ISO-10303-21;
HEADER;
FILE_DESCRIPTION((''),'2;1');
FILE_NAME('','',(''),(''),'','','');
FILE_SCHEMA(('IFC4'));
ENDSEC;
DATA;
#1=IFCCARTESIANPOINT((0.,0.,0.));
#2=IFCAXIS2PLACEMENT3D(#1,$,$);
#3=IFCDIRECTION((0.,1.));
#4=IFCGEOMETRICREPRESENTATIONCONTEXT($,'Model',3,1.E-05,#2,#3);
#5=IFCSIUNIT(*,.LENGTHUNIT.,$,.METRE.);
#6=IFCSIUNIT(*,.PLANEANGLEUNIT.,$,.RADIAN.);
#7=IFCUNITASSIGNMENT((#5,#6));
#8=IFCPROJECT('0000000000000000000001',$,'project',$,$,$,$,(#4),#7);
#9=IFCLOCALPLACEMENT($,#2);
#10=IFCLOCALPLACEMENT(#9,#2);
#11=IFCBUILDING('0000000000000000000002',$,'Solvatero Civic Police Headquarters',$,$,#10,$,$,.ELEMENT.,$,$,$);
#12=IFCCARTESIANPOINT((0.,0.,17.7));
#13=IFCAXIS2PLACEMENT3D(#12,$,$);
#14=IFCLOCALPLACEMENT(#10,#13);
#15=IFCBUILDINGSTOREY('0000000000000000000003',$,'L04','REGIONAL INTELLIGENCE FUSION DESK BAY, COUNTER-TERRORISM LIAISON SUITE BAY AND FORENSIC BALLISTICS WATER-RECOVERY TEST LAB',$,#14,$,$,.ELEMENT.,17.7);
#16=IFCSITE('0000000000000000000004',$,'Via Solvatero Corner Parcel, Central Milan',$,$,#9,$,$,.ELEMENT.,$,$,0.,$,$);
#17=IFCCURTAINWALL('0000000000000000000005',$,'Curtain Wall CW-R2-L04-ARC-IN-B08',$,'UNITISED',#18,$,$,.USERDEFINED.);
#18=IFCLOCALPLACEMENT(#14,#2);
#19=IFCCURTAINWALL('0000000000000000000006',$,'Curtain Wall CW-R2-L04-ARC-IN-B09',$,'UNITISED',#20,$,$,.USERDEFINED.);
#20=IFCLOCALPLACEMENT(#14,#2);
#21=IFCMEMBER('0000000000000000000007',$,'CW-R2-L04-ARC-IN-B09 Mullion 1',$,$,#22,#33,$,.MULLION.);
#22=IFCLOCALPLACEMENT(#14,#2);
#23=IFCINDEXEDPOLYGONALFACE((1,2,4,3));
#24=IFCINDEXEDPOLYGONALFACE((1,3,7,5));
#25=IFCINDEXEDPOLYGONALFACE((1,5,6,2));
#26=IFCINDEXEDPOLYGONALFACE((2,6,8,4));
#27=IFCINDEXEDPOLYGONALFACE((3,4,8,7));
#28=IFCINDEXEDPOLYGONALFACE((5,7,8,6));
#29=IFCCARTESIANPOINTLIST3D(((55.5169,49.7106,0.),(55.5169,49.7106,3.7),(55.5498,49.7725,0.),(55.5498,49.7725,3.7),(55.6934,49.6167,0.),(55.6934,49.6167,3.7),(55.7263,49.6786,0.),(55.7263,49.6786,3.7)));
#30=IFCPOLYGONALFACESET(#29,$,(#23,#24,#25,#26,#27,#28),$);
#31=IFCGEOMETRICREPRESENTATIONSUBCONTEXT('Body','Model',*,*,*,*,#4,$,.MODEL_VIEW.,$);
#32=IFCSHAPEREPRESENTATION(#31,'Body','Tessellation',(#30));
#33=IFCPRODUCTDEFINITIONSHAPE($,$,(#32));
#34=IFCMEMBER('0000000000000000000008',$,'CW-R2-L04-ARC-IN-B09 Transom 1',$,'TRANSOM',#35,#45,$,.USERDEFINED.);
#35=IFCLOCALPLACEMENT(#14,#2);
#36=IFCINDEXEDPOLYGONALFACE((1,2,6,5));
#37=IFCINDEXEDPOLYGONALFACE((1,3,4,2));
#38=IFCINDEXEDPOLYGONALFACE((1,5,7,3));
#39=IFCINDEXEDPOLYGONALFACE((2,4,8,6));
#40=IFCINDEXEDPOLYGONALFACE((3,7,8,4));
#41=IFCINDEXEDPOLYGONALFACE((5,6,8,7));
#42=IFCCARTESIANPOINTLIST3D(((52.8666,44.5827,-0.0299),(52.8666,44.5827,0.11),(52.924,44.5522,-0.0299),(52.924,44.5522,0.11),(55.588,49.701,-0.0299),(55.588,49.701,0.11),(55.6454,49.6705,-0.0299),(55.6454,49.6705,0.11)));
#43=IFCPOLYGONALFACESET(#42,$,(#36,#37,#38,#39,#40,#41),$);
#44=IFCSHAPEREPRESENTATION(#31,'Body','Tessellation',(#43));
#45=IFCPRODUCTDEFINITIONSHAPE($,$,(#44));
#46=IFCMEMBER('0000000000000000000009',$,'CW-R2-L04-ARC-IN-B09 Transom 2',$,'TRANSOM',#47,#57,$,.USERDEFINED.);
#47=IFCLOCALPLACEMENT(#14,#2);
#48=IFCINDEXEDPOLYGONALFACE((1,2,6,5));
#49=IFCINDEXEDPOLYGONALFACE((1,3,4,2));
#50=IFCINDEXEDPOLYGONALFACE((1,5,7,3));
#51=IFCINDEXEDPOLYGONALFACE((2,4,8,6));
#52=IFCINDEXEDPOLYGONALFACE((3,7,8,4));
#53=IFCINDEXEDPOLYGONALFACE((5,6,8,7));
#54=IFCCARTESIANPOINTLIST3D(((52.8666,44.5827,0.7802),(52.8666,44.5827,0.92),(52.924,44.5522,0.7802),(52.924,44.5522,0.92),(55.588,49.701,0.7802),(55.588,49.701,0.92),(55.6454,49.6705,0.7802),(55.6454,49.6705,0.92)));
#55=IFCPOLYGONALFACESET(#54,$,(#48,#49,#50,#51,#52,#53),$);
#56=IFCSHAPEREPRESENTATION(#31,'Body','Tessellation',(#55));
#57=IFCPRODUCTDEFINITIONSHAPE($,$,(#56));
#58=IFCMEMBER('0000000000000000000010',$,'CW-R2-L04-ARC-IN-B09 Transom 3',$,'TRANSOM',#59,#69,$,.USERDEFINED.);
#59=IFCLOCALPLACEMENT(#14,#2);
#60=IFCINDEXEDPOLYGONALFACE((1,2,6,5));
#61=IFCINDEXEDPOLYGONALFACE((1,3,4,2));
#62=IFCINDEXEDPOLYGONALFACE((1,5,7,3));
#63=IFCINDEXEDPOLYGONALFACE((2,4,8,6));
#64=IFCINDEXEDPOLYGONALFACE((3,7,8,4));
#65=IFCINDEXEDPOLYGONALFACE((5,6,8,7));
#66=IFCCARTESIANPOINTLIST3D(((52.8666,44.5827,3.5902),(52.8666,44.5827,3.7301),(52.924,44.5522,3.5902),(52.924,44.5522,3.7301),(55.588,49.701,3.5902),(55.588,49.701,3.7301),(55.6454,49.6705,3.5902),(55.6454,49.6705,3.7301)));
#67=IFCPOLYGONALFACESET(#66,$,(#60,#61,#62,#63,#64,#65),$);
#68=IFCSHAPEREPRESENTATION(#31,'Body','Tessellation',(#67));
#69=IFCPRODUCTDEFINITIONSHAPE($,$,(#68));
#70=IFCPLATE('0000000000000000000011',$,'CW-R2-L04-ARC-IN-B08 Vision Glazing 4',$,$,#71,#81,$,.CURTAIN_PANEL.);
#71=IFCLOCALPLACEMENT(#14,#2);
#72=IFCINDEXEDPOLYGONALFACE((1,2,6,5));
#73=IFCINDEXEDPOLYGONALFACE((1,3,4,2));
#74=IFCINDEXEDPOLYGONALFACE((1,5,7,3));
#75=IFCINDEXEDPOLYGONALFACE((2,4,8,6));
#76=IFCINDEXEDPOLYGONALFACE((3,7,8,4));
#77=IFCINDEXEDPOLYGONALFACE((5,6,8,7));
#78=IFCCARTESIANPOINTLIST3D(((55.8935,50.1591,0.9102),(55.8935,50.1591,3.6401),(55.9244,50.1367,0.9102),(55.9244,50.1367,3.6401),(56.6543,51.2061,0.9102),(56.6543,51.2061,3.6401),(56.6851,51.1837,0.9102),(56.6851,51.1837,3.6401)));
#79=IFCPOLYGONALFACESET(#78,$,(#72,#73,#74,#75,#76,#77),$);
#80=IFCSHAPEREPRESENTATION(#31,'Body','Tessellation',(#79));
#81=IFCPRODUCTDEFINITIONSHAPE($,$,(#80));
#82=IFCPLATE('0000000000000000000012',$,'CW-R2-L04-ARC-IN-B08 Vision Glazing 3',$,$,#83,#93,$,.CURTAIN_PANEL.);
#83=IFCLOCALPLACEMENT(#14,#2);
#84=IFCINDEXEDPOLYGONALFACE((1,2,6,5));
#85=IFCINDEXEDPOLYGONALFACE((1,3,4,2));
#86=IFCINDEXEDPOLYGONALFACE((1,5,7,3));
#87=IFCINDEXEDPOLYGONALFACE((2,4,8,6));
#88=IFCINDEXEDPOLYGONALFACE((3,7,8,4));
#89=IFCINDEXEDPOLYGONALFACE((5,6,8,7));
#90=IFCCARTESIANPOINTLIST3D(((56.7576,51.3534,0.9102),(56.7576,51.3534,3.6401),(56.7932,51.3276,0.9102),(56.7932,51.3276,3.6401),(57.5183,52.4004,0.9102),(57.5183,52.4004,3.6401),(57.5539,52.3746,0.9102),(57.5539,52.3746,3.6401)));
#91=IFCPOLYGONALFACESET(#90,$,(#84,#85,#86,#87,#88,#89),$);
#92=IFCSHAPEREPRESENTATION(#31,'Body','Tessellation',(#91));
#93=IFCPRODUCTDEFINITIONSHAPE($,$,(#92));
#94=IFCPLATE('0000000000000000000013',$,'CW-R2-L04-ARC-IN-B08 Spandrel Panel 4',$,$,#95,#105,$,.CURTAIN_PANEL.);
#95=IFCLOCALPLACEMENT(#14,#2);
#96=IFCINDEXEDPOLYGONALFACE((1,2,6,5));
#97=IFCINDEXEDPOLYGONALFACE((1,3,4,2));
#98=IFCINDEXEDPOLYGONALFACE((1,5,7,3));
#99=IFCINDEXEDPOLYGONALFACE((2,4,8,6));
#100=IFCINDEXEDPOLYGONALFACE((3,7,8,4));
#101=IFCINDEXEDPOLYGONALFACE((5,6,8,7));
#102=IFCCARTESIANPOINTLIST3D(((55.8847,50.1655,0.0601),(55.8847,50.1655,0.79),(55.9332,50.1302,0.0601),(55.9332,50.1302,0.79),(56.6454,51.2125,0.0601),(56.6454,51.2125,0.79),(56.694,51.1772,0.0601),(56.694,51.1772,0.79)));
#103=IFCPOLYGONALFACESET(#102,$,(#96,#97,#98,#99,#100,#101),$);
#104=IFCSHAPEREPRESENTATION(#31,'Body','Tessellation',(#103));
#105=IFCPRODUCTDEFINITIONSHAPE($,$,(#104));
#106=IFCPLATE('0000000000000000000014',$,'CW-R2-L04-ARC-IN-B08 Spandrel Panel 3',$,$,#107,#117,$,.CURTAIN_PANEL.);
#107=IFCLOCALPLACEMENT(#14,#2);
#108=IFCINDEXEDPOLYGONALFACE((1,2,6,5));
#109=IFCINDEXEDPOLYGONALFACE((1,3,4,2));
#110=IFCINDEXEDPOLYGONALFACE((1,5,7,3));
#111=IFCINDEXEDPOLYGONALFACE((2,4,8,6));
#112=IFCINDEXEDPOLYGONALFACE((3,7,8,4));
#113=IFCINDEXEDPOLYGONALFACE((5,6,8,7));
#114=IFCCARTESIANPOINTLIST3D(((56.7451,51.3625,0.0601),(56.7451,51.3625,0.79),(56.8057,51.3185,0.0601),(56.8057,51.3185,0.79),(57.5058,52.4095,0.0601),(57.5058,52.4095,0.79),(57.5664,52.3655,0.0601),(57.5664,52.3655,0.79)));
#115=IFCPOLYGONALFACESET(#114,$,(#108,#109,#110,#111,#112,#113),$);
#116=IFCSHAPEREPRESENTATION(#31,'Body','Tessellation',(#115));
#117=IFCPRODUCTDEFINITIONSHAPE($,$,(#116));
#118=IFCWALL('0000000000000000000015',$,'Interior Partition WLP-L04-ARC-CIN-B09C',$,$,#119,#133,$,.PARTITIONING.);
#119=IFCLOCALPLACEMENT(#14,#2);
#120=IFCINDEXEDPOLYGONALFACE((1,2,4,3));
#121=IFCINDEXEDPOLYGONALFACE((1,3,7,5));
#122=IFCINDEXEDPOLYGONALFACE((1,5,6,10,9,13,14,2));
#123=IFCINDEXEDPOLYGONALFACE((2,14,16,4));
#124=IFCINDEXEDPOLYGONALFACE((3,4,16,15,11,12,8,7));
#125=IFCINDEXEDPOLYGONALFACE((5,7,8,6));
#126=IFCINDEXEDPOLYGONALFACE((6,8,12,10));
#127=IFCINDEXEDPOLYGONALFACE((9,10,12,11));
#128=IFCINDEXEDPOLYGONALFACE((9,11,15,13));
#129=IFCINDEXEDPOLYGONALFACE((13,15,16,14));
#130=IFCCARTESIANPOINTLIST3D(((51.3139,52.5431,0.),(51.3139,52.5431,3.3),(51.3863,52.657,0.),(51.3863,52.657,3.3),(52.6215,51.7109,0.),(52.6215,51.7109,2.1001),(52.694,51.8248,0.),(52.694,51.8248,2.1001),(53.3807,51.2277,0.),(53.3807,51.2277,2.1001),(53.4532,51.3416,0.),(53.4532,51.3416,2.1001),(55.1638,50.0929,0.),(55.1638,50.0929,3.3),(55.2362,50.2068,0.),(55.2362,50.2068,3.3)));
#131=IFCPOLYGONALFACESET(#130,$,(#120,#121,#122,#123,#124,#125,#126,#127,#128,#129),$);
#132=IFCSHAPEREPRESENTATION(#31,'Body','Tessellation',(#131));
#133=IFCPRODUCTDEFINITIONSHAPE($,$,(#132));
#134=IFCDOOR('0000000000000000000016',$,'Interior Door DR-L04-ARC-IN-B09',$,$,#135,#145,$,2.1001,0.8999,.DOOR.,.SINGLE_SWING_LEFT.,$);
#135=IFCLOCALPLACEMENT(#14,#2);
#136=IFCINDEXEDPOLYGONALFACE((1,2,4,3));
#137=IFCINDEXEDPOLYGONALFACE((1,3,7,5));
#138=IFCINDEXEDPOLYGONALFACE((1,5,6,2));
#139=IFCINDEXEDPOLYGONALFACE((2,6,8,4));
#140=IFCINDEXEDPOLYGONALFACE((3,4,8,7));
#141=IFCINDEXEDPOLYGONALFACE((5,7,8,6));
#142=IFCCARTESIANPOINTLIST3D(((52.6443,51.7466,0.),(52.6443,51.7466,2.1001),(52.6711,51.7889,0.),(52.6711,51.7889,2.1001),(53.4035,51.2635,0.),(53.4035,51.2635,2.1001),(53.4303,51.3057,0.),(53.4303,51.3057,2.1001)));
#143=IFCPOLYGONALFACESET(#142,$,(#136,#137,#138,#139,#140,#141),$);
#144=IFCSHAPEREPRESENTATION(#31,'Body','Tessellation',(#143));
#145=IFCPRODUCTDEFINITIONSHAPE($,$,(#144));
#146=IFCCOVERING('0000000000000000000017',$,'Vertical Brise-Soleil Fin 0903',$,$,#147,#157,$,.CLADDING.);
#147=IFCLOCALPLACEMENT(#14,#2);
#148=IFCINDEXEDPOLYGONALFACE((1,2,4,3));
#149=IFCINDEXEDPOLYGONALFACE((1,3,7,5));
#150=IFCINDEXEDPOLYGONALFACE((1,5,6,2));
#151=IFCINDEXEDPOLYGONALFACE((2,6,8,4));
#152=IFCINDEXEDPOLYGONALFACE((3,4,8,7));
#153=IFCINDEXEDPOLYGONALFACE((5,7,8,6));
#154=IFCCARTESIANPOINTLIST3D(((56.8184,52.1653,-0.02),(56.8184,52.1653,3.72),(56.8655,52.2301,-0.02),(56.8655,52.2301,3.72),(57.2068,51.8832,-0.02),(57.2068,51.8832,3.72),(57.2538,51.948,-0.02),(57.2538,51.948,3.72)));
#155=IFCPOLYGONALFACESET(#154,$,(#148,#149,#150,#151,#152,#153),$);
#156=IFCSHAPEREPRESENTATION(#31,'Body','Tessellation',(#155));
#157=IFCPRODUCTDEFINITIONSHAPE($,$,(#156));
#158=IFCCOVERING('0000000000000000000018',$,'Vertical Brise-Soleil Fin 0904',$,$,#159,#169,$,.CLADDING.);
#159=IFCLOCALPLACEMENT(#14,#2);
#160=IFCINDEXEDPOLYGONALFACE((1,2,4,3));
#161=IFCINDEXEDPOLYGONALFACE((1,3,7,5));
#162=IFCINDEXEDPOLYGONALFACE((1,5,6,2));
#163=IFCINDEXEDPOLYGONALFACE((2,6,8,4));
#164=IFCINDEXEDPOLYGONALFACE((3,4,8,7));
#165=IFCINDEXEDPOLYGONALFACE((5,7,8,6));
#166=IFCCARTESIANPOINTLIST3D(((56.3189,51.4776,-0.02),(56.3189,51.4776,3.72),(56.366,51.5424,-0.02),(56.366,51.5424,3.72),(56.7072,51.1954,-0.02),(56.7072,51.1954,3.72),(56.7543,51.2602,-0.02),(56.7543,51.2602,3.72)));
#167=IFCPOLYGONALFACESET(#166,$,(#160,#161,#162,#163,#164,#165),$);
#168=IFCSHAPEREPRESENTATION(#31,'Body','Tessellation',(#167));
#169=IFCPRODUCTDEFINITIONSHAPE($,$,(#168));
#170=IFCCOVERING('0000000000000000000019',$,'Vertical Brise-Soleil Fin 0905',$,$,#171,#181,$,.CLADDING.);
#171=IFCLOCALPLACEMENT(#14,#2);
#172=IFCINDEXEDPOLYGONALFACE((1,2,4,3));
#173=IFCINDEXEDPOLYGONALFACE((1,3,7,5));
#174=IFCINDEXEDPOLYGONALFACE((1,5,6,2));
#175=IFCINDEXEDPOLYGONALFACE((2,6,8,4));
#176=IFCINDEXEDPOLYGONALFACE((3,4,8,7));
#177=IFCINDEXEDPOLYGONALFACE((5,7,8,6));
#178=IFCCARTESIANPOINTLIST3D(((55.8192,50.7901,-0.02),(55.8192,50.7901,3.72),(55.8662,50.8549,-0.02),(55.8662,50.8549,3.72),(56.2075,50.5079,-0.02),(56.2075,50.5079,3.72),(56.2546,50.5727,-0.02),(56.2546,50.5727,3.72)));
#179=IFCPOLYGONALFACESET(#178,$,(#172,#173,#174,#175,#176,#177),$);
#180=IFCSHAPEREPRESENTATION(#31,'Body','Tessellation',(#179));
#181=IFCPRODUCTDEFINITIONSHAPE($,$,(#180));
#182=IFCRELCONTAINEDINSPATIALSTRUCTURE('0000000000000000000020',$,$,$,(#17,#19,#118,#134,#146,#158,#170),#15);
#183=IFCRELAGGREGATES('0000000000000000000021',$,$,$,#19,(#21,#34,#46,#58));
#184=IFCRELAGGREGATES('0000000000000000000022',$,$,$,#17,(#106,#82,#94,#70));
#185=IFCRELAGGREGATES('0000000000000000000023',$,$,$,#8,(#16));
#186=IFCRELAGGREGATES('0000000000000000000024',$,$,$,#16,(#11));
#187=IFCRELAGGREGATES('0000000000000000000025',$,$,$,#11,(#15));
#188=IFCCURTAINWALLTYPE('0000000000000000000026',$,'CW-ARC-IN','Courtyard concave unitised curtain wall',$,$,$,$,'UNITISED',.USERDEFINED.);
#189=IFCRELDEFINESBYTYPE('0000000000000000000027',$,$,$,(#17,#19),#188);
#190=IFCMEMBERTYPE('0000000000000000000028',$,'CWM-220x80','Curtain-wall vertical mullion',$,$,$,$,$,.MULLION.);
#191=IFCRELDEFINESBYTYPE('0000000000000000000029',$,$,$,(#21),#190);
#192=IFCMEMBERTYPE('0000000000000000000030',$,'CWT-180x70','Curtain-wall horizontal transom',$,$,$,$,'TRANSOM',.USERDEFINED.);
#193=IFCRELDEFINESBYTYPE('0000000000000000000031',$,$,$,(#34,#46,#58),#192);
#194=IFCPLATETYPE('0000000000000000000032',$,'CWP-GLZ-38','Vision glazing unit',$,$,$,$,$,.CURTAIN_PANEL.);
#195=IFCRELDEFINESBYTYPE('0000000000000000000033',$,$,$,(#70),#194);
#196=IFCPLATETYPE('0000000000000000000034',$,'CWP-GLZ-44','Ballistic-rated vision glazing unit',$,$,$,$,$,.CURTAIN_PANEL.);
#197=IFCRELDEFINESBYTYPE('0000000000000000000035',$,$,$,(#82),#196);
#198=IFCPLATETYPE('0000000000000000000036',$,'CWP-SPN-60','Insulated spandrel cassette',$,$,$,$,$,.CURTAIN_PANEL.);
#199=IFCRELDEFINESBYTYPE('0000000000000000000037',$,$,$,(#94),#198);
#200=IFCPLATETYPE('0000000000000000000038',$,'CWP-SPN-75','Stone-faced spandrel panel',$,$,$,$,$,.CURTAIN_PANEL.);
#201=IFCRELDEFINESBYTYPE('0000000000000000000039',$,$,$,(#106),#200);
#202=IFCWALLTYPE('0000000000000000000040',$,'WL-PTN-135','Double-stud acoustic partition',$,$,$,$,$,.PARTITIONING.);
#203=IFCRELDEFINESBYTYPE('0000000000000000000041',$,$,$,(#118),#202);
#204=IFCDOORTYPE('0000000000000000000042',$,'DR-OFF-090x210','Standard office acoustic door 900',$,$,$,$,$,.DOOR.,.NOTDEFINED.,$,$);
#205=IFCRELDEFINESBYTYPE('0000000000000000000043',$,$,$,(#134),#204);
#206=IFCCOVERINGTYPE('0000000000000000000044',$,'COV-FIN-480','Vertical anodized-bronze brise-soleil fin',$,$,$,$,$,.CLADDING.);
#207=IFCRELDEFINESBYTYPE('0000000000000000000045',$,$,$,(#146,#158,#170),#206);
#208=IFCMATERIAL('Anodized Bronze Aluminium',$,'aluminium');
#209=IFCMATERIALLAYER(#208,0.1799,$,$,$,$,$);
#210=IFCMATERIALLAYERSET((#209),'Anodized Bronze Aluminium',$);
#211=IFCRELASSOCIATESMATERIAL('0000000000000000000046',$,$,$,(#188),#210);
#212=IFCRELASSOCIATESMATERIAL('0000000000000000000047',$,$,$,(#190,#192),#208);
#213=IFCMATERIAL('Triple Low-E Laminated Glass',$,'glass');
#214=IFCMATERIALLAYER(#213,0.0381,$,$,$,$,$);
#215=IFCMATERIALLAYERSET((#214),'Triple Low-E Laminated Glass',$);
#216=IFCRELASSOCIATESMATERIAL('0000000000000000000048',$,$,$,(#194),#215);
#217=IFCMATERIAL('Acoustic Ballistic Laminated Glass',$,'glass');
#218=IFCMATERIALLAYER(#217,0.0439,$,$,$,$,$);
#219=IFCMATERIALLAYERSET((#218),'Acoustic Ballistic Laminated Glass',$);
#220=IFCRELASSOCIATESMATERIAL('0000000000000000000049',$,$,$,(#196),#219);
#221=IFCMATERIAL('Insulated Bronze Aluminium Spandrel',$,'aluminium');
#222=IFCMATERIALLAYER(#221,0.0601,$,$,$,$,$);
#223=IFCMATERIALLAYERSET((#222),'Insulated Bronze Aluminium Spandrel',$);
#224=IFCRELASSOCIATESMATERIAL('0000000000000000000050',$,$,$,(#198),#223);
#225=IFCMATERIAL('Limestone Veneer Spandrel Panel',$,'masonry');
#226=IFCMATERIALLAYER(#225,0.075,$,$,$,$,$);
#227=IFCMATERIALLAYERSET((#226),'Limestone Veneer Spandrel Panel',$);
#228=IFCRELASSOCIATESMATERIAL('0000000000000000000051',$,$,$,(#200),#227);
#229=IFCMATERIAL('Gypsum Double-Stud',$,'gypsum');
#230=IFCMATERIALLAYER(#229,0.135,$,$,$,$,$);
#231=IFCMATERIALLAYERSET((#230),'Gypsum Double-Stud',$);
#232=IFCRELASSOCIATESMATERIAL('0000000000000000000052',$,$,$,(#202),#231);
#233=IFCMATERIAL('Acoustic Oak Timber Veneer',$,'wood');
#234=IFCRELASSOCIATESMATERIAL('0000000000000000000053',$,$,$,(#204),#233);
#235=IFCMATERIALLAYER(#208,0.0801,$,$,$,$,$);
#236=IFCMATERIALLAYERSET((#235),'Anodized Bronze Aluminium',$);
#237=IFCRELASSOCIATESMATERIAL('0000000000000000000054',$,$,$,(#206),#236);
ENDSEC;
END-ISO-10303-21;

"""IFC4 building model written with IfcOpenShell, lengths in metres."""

from ifc_helpers import new_model, si_unit, direction, frame, frame_2d, origin, origin_2d, place, context, subcontext, project, spatial, rectangle, extrude, material, layer, layer_set, material_profile, profile_set, type_object, element, fill, aggregate, save


model = new_model("IFC4")

# Units and contexts
model_context = context("Model", 3, precision=1e-05, world=origin(), true_north=direction((0.0, 1.0)))
body_context = subcontext(model_context, "Body", "Model", "MODEL_VIEW")
ifc_project = project(units=[si_unit("LENGTHUNIT", "METRE"), si_unit("PLANEANGLEUNIT", "RADIAN")], contexts=[model_context])

# Site, building, storey
site_placement = place(None, origin())
site = spatial("IfcSite", under=ifc_project, at=site_placement, Name="Via Solvatero Corner Parcel, Central Milan", CompositionType="ELEMENT", RefElevation=0.0)
building_placement = place(site_placement, origin())
building = spatial("IfcBuilding", under=site, at=building_placement, Name="Solvatero Civic Police Headquarters", CompositionType="ELEMENT")
storey_placement = place(building_placement, frame((0.0, 0.0, 17.7)))
storey = spatial("IfcBuildingStorey", under=building, at=storey_placement, Name="L04", Description="REGIONAL INTELLIGENCE FUSION DESK BAY, COUNTER-TERRORISM LIAISON SUITE BAY AND FORENSIC BALLISTICS WATER-RECOVERY TEST LAB", CompositionType="ELEMENT", Elevation=17.7)

# Curtain walls, members
ifc_material_1 = material(Name="Anodized Bronze Aluminium", Category="aluminium")
ifc_layer_1 = layer(ifc_material_1, 0.1799)
ifc_layer_set_1 = layer_set([ifc_layer_1], Name="Anodized Bronze Aluminium")
curtain_wall_type = type_object("IfcCurtainWallType", Name="CW-ARC-IN", Description="Courtyard concave unitised curtain wall", ElementType="UNITISED", PredefinedType="USERDEFINED", material=ifc_layer_set_1)
curtain_wall_1_placement = place(storey_placement, origin())
curtain_wall_1 = element("IfcCurtainWall", 1, at=curtain_wall_1_placement, inside=storey, type_object=curtain_wall_type, Name="Curtain Wall CW-R2-L04-ARC-IN-B08", ObjectType="UNITISED", PredefinedType="USERDEFINED")
curtain_wall_2_placement = place(storey_placement, origin())
curtain_wall_2 = element("IfcCurtainWall", 2, at=curtain_wall_2_placement, inside=storey, type_object=curtain_wall_type, Name="Curtain Wall CW-R2-L04-ARC-IN-B09", ObjectType="UNITISED", PredefinedType="USERDEFINED")
ifc_material_profile_1 = material_profile(ifc_material_1, rectangle(XDim=0.0701, YDim=0.2, at=origin_2d()), Name="ALU MULLION 70x200")
ifc_profile_set_1 = profile_set([ifc_material_profile_1], Name="Anodized Bronze Aluminium")
member_type_1 = type_object("IfcMemberType", Name="CWM-220x80", Description="Curtain-wall vertical mullion", PredefinedType="MULLION", material=ifc_profile_set_1)
member_1_placement = place(storey_placement, frame((55.6216, 49.6946, 0.0), z_axis=(0.0, 0.0, 1.0), x_axis=(-0.469487, -0.882939, 0.0)))
member_1 = element("IfcMember", 3, at=member_1_placement, type_object=member_type_1, Name="CW-R2-L04-ARC-IN-B09 Mullion 1", PredefinedType="MULLION", context=body_context, shape_type="SweptSolid", body=[
    extrude(rectangle(XDim=0.0701, YDim=0.2, at=origin_2d()), origin(), (0.0, 0.0, 1.0), 3.7),
])
ifc_material_profile_2 = material_profile(ifc_material_1, rectangle(XDim=0.0649, YDim=0.1399, at=origin_2d()), Name="ALU TRANSOM 65x140")
ifc_profile_set_2 = profile_set([ifc_material_profile_2], Name="Anodized Bronze Aluminium")
member_type_2 = type_object("IfcMemberType", Name="CWT-180x70", Description="Curtain-wall horizontal transom", ElementType="TRANSOM", PredefinedType="USERDEFINED", material=ifc_profile_set_2)
member_2_placement = place(storey_placement, frame((55.6167, 49.6858, 0.04), z_axis=(-0.469462, -0.882953, 0.0), x_axis=(0.882953, -0.469462, 0.0)))
member_2 = element("IfcMember", 4, at=member_2_placement, type_object=member_type_2, Name="CW-R2-L04-ARC-IN-B09 Transom 1", ObjectType="TRANSOM", PredefinedType="USERDEFINED", context=body_context, shape_type="SweptSolid", body=[
    extrude(rectangle(XDim=0.0649, YDim=0.1399, at=origin_2d()), origin(), (0.0, 0.0, 1.0), 5.7969),
])
member_3_placement = place(storey_placement, frame((55.6167, 49.6858, 0.8501), z_axis=(-0.469462, -0.882953, 0.0), x_axis=(0.882953, -0.469462, 0.0)))
member_3 = element("IfcMember", 5, at=member_3_placement, type_object=member_type_2, Name="CW-R2-L04-ARC-IN-B09 Transom 2", ObjectType="TRANSOM", PredefinedType="USERDEFINED", context=body_context, shape_type="SweptSolid", body=[
    extrude(rectangle(XDim=0.0649, YDim=0.1399, at=origin_2d()), origin(), (0.0, 0.0, 1.0), 5.7969),
])
member_4_placement = place(storey_placement, frame((55.6167, 49.6858, 3.6602), z_axis=(-0.469462, -0.882953, 0.0), x_axis=(0.882953, -0.469462, 0.0)))
member_4 = element("IfcMember", 6, at=member_4_placement, type_object=member_type_2, Name="CW-R2-L04-ARC-IN-B09 Transom 3", ObjectType="TRANSOM", PredefinedType="USERDEFINED", context=body_context, shape_type="SweptSolid", body=[
    extrude(rectangle(XDim=0.0649, YDim=0.1399, at=origin_2d()), origin(), (0.0, 0.0, 1.0), 5.7969),
])
aggregate(curtain_wall_2, [member_1, member_2, member_3, member_4])

# Plates
ifc_material_2 = material(Name="Triple Low-E Laminated Glass", Category="glass")
ifc_layer_2 = layer(ifc_material_2, 0.0381)
ifc_layer_set_2 = layer_set([ifc_layer_2], Name="Triple Low-E Laminated Glass")
plate_type_1 = type_object("IfcPlateType", Name="CWP-GLZ-38", Description="Vision glazing unit", PredefinedType="CURTAIN_PANEL", material=ifc_layer_set_2)
plate_1_placement = place(storey_placement, frame((56.2893, 50.6714, 0.9102), z_axis=(0.0, 0.0, 1.0), x_axis=(-0.587799, -0.809007, 0.0)))
plate_1 = element("IfcPlate", 7, at=plate_1_placement, type_object=plate_type_1, Name="CW-R2-L04-ARC-IN-B08 Vision Glazing 4", PredefinedType="CURTAIN_PANEL", context=body_context, shape_type="SweptSolid", body=[
    extrude(rectangle(XDim=1.2942, YDim=0.0381, at=origin_2d()), origin(), (0.0, 0.0, 1.0), 2.73),
])
ifc_material_3 = material(Name="Acoustic Ballistic Laminated Glass", Category="glass")
ifc_layer_3 = layer(ifc_material_3, 0.0439)
ifc_layer_set_3 = layer_set([ifc_layer_3], Name="Acoustic Ballistic Laminated Glass")
plate_type_2 = type_object("IfcPlateType", Name="CWP-GLZ-44", Description="Ballistic-rated vision glazing unit", PredefinedType="CURTAIN_PANEL", material=ifc_layer_set_3)
plate_2_placement = place(storey_placement, frame((57.1558, 51.864, 0.9102), z_axis=(0.0, 0.0, 1.0), x_axis=(-0.587799, -0.809007, 0.0)))
plate_2 = element("IfcPlate", 8, at=plate_2_placement, type_object=plate_type_2, Name="CW-R2-L04-ARC-IN-B08 Vision Glazing 3", PredefinedType="CURTAIN_PANEL", context=body_context, shape_type="SweptSolid", body=[
    extrude(rectangle(XDim=1.2942, YDim=0.0439, at=origin_2d()), origin(), (0.0, 0.0, 1.0), 2.73),
])
ifc_material_4 = material(Name="Insulated Bronze Aluminium Spandrel", Category="aluminium")
ifc_layer_4 = layer(ifc_material_4, 0.0601)
ifc_layer_set_4 = layer_set([ifc_layer_4], Name="Insulated Bronze Aluminium Spandrel")
plate_type_3 = type_object("IfcPlateType", Name="CWP-SPN-60", Description="Insulated spandrel cassette", PredefinedType="CURTAIN_PANEL", material=ifc_layer_set_4)
plate_3_placement = place(storey_placement, frame((56.2893, 50.6714, 0.0601), z_axis=(0.0, 0.0, 1.0), x_axis=(-0.587799, -0.809007, 0.0)))
plate_3 = element("IfcPlate", 9, at=plate_3_placement, type_object=plate_type_3, Name="CW-R2-L04-ARC-IN-B08 Spandrel Panel 4", PredefinedType="CURTAIN_PANEL", context=body_context, shape_type="SweptSolid", body=[
    extrude(rectangle(XDim=1.2942, YDim=0.0601, at=origin_2d()), origin(), (0.0, 0.0, 1.0), 0.73),
])
ifc_material_5 = material(Name="Limestone Veneer Spandrel Panel", Category="masonry")
ifc_layer_5 = layer(ifc_material_5, 0.075)
ifc_layer_set_5 = layer_set([ifc_layer_5], Name="Limestone Veneer Spandrel Panel")
plate_type_4 = type_object("IfcPlateType", Name="CWP-SPN-75", Description="Stone-faced spandrel panel", PredefinedType="CURTAIN_PANEL", material=ifc_layer_set_5)
plate_4_placement = place(storey_placement, frame((57.1558, 51.864, 0.0601), z_axis=(0.0, 0.0, 1.0), x_axis=(-0.587799, -0.809007, 0.0)))
plate_4 = element("IfcPlate", 10, at=plate_4_placement, type_object=plate_type_4, Name="CW-R2-L04-ARC-IN-B08 Spandrel Panel 3", PredefinedType="CURTAIN_PANEL", context=body_context, shape_type="SweptSolid", body=[
    extrude(rectangle(XDim=1.2942, YDim=0.075, at=origin_2d()), origin(), (0.0, 0.0, 1.0), 0.73),
])
aggregate(curtain_wall_1, [plate_4, plate_2, plate_3, plate_1])

# Wall, opening, door
ifc_material_6 = material(Name="Gypsum Double-Stud", Category="gypsum")
ifc_layer_6 = layer(ifc_material_6, 0.135)
ifc_layer_set_6 = layer_set([ifc_layer_6], Name="Gypsum Double-Stud")
wall_type = type_object("IfcWallType", Name="WL-PTN-135", Description="Double-stud acoustic partition", PredefinedType="PARTITIONING", material=ifc_layer_set_6)
wall_placement = place(storey_placement, frame((51.3501, 52.6001, 0.0), z_axis=(0.0, 0.0, 1.0), x_axis=(0.843633, -0.53692, 0.0)))
wall = element("IfcWall", 11, at=wall_placement, inside=storey, type_object=wall_type, Name="Interior Partition WLP-L04-ARC-CIN-B09C", PredefinedType="PARTITIONING", context=body_context, shape_type="SweptSolid", body=[
    extrude(rectangle(XDim=4.5635, YDim=0.135, at=frame_2d((2.2817, 0.0))), origin(), (0.0, 0.0, 1.0), 3.3),
])
opening_placement = place(wall_placement, frame((1.55, 0.0, 0.0)))
opening = element("IfcOpeningElement", 12, at=opening_placement, cuts=wall, PredefinedType="OPENING", context=body_context, shape_type="SweptSolid", body=[
    extrude(rectangle(XDim=0.8999, YDim=2.1001, at=frame_2d((0.45, 1.05))), frame((0.0, 0.0774, 0.0), z_axis=(0.0, -1.0, 0.0), x_axis=(1.0, 0.0, 0.0)), (0.0, 0.0, 1.0), 0.155),
])
ifc_material_7 = material(Name="Acoustic Oak Timber Veneer", Category="wood")
door_type = type_object("IfcDoorType", Name="DR-OFF-090x210", Description="Standard office acoustic door 900", OperationType="NOTDEFINED", PredefinedType="DOOR", material=ifc_material_7)
door_placement = place(opening_placement, origin())
door = element("IfcDoor", 13, at=door_placement, inside=storey, type_object=door_type, Name="Interior Door DR-L04-ARC-IN-B09", OperationType="SINGLE_SWING_LEFT", OverallHeight=2.1001, OverallWidth=0.8999, PredefinedType="DOOR", context=body_context, shape_type="SweptSolid", body=[
    extrude(rectangle(XDim=0.8999, YDim=2.1001, at=frame_2d((0.45, 1.05))), frame((0.0, 0.0249, 0.0), z_axis=(0.0, -1.0, 0.0), x_axis=(1.0, 0.0, 0.0)), (0.0, 0.0, 1.0), 0.05),
])
fill(opening, door)

# Coverings
ifc_layer_7 = layer(ifc_material_1, 0.0801)
ifc_layer_set_7 = layer_set([ifc_layer_7], Name="Anodized Bronze Aluminium")
covering_type = type_object("IfcCoveringType", Name="COV-FIN-480", Description="Vertical anodized-bronze brise-soleil fin", PredefinedType="CLADDING", material=ifc_layer_set_7)
for number, where, z_axis, x_axis, name in (
    (14, (57.0361, 52.0566, -0.02), (0.0, 0.0, 1.0), (-0.587799, -0.809007, 0.0), "Vertical Brise-Soleil Fin 0903"),
    (15, (56.5366, 51.3689, -0.02), (0.0, 0.0, 1.0), (-0.587799, -0.809007, 0.0), "Vertical Brise-Soleil Fin 0904"),
    (16, (56.0369, 50.6814, -0.02), (0.0, 0.0, 1.0), (-0.587799, -0.809007, 0.0), "Vertical Brise-Soleil Fin 0905"),
):
    element("IfcCovering", number, at=place(storey_placement, frame(where, z_axis=z_axis, x_axis=x_axis)), inside=storey, type_object=covering_type, Name=name, PredefinedType="CLADDING", context=body_context, shape_type="SweptSolid", body=[
        extrude(rectangle(XDim=0.0801, YDim=0.48, at=origin_2d()), origin(), (0.0, 0.0, 1.0), 3.74),
    ])

save(model, "model.ifc")
